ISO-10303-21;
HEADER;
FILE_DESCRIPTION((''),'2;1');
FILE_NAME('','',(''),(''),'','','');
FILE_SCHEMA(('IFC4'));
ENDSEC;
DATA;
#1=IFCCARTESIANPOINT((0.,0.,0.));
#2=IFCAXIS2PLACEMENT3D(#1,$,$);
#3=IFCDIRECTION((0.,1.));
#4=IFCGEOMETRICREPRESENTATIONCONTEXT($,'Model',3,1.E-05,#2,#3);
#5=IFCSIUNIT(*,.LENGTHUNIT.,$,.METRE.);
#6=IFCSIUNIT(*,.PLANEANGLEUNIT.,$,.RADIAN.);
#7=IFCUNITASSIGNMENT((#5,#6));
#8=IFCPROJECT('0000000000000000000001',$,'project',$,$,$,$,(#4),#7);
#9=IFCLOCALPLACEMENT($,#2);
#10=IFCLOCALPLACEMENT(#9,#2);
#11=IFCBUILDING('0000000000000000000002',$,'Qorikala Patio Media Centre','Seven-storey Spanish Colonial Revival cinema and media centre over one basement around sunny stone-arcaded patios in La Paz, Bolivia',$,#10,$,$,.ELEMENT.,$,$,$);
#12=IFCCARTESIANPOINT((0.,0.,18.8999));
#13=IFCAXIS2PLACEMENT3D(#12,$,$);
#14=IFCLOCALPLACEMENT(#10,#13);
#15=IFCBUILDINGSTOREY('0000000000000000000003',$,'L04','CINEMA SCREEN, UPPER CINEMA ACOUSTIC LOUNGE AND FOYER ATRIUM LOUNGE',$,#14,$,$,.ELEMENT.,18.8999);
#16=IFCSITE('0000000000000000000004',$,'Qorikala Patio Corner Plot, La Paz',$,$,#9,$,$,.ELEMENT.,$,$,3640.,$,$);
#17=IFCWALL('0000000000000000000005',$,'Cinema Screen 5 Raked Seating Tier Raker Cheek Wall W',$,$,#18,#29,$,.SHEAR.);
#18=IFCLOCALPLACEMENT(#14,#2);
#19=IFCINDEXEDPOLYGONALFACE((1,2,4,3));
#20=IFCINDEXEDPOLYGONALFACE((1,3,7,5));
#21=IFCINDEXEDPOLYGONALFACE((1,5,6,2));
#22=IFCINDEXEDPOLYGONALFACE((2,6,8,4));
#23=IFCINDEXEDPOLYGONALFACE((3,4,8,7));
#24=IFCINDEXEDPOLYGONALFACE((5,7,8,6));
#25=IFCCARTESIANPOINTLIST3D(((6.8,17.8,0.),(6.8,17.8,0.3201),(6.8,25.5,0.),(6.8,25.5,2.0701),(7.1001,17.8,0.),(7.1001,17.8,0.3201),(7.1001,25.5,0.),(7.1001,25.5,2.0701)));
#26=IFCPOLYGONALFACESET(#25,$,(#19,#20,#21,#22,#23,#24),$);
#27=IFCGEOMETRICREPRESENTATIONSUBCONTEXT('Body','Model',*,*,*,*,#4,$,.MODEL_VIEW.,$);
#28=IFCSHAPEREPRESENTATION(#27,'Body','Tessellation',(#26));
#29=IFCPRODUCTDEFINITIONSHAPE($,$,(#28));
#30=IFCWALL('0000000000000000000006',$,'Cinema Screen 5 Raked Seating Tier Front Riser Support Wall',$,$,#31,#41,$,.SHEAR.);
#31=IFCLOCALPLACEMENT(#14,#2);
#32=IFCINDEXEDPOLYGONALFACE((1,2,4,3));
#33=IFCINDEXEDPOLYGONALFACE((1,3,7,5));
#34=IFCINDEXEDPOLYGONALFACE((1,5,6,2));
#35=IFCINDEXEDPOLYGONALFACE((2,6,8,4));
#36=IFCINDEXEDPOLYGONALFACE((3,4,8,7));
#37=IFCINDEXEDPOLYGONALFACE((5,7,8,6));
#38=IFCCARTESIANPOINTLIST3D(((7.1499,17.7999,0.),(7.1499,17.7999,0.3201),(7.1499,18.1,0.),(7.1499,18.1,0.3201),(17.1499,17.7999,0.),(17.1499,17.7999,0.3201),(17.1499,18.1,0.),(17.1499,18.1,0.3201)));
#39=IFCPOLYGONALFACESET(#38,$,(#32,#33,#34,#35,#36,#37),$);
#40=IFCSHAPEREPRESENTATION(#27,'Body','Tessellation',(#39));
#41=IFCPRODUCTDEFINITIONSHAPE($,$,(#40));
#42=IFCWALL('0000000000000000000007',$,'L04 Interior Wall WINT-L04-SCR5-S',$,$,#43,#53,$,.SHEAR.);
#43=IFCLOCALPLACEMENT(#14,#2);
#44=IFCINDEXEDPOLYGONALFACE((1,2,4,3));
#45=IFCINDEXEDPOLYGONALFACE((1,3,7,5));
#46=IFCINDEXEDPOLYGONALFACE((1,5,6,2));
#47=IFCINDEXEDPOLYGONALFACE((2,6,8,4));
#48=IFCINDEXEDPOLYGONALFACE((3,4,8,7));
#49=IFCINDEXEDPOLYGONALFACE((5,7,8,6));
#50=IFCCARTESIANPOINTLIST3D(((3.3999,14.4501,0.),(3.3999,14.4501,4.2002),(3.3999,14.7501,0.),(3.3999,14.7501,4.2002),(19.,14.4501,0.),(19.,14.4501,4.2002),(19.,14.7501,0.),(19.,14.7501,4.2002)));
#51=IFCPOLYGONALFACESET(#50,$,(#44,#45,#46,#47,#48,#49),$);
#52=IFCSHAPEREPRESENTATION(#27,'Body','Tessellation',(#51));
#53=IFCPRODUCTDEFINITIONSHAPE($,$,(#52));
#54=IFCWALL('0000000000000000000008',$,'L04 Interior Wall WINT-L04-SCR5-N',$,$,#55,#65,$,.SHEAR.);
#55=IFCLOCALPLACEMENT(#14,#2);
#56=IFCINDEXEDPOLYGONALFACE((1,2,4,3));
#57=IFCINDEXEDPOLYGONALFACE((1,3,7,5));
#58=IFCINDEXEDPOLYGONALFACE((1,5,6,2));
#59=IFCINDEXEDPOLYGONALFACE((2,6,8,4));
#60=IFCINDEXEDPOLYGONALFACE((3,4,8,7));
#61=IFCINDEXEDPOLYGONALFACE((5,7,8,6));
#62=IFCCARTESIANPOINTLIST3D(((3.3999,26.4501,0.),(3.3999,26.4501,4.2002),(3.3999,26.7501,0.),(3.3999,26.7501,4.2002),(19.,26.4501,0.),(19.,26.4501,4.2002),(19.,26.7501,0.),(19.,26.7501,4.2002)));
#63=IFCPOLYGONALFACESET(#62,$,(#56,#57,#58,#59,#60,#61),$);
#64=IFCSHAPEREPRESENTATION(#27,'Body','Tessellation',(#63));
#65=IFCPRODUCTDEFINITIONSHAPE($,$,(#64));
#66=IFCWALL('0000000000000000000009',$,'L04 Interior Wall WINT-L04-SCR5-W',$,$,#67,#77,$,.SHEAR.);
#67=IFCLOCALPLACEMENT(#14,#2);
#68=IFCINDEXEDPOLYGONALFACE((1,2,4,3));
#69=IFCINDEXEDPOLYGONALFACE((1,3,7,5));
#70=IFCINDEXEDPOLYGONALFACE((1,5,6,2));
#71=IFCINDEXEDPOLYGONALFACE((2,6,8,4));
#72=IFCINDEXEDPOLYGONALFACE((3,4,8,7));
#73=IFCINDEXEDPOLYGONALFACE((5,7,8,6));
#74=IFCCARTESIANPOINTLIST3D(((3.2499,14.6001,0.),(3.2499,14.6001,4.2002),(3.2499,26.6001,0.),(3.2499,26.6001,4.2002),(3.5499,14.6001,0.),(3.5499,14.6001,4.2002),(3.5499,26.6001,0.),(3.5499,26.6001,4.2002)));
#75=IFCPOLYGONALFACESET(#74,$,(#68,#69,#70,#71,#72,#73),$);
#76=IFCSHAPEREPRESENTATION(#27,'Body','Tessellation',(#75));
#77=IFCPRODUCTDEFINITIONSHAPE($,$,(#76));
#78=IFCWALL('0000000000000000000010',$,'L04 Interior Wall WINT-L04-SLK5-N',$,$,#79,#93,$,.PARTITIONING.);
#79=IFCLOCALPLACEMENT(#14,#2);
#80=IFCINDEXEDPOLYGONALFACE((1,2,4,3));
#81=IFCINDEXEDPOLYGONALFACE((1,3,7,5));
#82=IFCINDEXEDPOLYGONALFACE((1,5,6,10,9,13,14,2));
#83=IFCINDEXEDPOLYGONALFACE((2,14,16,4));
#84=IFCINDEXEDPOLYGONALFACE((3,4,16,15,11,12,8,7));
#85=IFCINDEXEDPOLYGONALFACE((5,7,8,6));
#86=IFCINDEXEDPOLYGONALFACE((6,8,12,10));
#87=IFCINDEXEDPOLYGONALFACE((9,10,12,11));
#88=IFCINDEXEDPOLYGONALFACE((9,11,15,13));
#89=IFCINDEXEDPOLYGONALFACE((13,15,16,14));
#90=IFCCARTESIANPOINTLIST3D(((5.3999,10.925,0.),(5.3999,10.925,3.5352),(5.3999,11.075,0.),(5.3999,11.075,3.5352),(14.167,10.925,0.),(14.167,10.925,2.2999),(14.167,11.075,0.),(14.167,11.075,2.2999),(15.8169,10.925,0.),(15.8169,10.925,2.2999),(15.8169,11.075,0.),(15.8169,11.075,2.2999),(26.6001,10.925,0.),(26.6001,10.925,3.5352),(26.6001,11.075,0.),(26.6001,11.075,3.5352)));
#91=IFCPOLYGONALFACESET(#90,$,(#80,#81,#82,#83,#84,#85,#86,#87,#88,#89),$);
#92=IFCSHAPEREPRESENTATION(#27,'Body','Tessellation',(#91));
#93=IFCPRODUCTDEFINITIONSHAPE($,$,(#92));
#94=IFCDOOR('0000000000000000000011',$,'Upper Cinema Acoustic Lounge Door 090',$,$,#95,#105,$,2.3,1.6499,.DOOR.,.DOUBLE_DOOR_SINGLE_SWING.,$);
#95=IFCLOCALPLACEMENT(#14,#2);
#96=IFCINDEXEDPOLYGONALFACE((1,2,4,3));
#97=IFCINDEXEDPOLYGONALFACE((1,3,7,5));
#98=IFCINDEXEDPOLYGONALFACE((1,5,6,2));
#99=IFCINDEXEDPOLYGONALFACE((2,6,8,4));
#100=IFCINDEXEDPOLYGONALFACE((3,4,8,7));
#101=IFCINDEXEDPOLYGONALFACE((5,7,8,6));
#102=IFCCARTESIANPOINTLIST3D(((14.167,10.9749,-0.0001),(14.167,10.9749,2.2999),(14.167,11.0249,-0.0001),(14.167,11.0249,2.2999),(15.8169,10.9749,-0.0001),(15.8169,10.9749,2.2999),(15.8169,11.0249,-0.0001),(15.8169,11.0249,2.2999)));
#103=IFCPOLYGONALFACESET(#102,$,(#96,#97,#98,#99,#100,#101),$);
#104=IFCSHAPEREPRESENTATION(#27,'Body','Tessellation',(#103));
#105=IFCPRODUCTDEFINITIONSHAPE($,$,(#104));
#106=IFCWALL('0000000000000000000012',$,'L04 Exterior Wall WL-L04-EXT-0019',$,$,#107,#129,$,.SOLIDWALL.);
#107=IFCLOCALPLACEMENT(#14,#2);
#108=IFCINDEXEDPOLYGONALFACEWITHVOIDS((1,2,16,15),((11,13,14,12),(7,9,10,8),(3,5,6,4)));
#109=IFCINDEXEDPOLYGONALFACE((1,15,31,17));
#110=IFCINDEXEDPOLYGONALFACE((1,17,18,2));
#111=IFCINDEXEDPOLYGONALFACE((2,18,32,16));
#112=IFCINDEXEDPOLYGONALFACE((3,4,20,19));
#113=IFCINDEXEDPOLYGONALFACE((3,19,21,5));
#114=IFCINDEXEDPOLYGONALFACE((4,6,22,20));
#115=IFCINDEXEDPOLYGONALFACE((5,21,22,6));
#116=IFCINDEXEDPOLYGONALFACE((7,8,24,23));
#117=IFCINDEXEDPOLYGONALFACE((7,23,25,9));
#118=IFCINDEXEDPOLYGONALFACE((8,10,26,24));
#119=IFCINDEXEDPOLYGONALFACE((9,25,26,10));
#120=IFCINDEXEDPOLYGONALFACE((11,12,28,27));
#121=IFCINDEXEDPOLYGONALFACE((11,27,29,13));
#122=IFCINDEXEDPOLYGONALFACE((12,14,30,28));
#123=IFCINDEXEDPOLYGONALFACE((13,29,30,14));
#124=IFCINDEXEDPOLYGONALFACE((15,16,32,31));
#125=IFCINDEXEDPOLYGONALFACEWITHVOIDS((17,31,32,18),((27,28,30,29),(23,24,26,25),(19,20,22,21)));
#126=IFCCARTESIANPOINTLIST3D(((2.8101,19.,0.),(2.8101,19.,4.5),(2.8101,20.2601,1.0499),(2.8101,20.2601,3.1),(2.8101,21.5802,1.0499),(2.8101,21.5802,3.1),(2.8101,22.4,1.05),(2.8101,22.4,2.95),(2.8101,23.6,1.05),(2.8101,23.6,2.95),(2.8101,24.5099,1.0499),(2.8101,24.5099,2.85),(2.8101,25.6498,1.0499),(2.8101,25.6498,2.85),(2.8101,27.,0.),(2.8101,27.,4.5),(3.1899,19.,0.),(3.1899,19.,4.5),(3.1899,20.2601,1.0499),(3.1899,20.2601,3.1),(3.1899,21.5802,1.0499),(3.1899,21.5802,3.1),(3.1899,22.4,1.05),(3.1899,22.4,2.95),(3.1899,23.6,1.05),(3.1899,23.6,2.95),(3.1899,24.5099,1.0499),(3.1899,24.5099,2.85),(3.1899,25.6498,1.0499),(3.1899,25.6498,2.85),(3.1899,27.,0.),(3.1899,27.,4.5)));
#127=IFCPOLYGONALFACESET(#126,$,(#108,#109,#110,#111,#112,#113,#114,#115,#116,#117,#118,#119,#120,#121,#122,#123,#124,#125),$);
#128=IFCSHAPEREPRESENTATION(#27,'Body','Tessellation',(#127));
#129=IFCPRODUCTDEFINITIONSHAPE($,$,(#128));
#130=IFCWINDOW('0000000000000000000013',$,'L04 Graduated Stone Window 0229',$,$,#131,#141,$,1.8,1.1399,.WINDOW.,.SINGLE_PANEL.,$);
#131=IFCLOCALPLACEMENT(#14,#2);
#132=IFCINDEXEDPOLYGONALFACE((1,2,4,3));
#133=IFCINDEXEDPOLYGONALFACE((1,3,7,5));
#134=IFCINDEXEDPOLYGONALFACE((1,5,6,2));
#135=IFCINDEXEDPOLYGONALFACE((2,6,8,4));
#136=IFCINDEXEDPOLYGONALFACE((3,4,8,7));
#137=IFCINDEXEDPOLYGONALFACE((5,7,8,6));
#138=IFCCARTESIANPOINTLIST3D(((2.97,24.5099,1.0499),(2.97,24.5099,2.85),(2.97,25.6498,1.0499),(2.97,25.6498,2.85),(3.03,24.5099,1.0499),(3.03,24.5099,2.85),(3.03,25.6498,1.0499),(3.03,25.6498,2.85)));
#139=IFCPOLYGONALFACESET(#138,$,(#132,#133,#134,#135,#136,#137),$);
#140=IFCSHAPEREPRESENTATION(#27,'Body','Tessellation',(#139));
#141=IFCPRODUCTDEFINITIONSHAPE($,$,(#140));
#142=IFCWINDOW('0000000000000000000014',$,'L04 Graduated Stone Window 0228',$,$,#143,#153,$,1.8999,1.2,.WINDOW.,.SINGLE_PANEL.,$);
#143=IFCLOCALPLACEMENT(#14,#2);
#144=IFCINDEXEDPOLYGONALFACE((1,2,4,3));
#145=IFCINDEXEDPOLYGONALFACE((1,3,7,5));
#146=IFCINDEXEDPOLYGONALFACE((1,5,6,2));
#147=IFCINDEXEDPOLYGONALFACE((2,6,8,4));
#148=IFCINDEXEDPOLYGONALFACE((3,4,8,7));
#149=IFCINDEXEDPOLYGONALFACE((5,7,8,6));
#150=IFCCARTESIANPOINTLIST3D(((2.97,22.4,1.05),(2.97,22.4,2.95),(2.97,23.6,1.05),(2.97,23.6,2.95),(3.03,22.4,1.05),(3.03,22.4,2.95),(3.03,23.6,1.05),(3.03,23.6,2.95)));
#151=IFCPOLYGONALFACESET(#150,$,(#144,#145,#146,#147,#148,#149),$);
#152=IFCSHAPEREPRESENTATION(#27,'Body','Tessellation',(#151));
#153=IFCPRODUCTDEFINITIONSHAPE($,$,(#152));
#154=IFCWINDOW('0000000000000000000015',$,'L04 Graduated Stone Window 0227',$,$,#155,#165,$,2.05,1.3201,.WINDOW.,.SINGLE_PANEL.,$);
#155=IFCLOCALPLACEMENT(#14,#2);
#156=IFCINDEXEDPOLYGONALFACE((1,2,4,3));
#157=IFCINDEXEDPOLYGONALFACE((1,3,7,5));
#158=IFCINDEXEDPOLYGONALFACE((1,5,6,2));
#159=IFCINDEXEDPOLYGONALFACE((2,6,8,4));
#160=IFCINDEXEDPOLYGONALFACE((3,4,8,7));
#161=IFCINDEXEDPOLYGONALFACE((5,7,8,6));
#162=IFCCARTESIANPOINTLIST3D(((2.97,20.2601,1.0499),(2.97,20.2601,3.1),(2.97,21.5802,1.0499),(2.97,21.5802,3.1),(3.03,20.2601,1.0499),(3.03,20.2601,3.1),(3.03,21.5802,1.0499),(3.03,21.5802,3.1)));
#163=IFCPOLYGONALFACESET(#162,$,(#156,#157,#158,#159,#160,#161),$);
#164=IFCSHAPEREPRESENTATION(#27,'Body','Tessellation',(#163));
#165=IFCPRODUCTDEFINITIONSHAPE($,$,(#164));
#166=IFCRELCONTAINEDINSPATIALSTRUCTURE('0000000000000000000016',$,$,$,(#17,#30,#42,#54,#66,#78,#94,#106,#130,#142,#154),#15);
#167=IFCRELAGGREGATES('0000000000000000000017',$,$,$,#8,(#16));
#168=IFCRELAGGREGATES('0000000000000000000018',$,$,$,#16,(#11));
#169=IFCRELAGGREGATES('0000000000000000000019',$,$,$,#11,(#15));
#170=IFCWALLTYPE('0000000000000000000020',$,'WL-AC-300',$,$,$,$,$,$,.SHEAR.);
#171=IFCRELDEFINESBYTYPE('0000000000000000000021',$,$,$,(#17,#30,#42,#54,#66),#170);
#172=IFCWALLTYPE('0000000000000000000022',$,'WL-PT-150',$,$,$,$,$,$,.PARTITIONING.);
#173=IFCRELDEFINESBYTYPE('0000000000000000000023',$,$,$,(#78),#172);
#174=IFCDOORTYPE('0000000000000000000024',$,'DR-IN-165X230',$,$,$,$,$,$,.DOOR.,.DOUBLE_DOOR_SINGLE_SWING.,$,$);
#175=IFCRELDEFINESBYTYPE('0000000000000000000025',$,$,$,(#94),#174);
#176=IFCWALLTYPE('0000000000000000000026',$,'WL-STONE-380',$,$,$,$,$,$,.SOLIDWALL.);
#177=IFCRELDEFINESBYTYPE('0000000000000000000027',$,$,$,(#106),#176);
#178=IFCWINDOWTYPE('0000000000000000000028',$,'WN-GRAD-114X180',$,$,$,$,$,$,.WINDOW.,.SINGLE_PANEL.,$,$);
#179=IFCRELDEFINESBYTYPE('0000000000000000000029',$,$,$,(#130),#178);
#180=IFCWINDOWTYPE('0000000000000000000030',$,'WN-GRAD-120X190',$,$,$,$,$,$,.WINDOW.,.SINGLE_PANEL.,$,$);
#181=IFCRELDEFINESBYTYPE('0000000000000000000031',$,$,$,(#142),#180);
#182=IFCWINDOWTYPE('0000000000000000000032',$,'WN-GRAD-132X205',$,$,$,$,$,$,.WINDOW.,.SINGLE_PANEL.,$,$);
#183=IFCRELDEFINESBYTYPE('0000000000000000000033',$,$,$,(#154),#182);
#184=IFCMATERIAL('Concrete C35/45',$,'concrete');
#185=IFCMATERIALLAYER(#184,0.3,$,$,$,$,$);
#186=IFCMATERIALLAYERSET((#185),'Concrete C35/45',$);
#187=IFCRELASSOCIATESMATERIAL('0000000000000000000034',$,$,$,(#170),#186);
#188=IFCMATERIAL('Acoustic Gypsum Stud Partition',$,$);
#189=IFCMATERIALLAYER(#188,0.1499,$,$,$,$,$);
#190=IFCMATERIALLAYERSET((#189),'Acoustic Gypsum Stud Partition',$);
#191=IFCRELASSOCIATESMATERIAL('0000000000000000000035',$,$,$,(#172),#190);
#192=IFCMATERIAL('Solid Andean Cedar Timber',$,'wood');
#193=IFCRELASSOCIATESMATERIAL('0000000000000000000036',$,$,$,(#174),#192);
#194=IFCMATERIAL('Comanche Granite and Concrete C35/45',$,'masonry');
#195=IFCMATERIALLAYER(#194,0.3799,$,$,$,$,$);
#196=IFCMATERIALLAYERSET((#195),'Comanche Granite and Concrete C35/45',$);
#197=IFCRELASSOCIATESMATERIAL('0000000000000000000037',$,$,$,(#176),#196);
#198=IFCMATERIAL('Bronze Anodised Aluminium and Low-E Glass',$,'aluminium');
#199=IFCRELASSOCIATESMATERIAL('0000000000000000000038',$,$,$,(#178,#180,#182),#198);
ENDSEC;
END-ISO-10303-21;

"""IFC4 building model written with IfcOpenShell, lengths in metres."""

from ifc_helpers import new_model, si_unit, direction, frame, frame_2d, origin, place, context, subcontext, project, spatial, polyline, rectangle, outline, extrude, material, layer, layer_set, type_object, element, fill, save


model = new_model("IFC4")

# Units and contexts
model_context = context("Model", 3, precision=1e-05, world=origin(), true_north=direction((0.0, 1.0)))
body_context = subcontext(model_context, "Body", "Model", "MODEL_VIEW")
ifc_project = project(units=[si_unit("LENGTHUNIT", "METRE"), si_unit("PLANEANGLEUNIT", "RADIAN")], contexts=[model_context])

# Site, building, storey
site_placement = place(None, origin())
site = spatial("IfcSite", under=ifc_project, at=site_placement, Name="Qorikala Patio Corner Plot, La Paz", CompositionType="ELEMENT", RefElevation=3640.0)
building_placement = place(site_placement, origin())
building = spatial("IfcBuilding", under=site, at=building_placement, Name="Qorikala Patio Media Centre", Description="Seven-storey Spanish Colonial Revival cinema and media centre over one basement around sunny stone-arcaded patios in La Paz, Bolivia", CompositionType="ELEMENT")
storey_placement = place(building_placement, frame((0.0, 0.0, 18.8999)))
storey = spatial("IfcBuildingStorey", under=building, at=storey_placement, Name="L04", Description="CINEMA SCREEN, UPPER CINEMA ACOUSTIC LOUNGE AND FOYER ATRIUM LOUNGE", CompositionType="ELEMENT", Elevation=18.8999)

# Shared definitions
ifc_material_1 = material(Name="Concrete C35/45", Category="concrete")

# Walls
ifc_layer_1 = layer(ifc_material_1, 0.3)
ifc_layer_set_1 = layer_set([ifc_layer_1], Name="Concrete C35/45")
wall_type_1 = type_object("IfcWallType", Name="WL-AC-300", PredefinedType="SHEAR", material=ifc_layer_set_1)
wall_1_placement = place(storey_placement, frame((6.95, 17.8, 0.0), z_axis=(0.0, 0.0, 1.0), x_axis=(0.0, 1.0, 0.0)))
element("IfcWall", 1, at=wall_1_placement, inside=storey, type_object=wall_type_1, Name="Cinema Screen 5 Raked Seating Tier Raker Cheek Wall W", PredefinedType="SHEAR", context=body_context, shape_type="SweptSolid", body=[
    extrude(outline(polyline([(0.0, 0.0), (7.7, 0.0), (7.7, 2.0701), (0.0, 0.3201), (0.0, 0.0)])), frame((0.0, 0.1499, 0.0), z_axis=(0.0, -1.0, 0.0), x_axis=(1.0, 0.0, 0.0)), (0.0, 0.0, 1.0), 0.3),
])
wall_2_placement = place(storey_placement, frame((7.1499, 17.95, 0.0), z_axis=(0.0, 0.0, 1.0), x_axis=(1.0, 0.0, 0.0)))
element("IfcWall", 2, at=wall_2_placement, inside=storey, type_object=wall_type_1, Name="Cinema Screen 5 Raked Seating Tier Front Riser Support Wall", PredefinedType="SHEAR", context=body_context, shape_type="SweptSolid", body=[
    extrude(rectangle(XDim=10.0, YDim=0.3, at=frame_2d((5.0, 0.0))), origin(), (0.0, 0.0, 1.0), 0.3201),
])
for number, where, z_axis, x_axis, name in (
    (3, (3.3999, 14.6001, 0.0), (0.0, 0.0, 1.0), (1.0, 0.0, 0.0), "L04 Interior Wall WINT-L04-SCR5-S"),
    (4, (3.3999, 26.6001, 0.0), (0.0, 0.0, 1.0), (1.0, 0.0, 0.0), "L04 Interior Wall WINT-L04-SCR5-N"),
):
    element("IfcWall", number, at=place(storey_placement, frame(where, z_axis=z_axis, x_axis=x_axis)), inside=storey, type_object=wall_type_1, Name=name, PredefinedType="SHEAR", context=body_context, shape_type="SweptSolid", body=[
        extrude(rectangle(XDim=15.6001, YDim=0.3, at=frame_2d((7.8, 0.0))), origin(), (0.0, 0.0, 1.0), 4.2002),
    ])
wall_3_placement = place(storey_placement, frame((3.3999, 14.6001, 0.0), z_axis=(0.0, 0.0, 1.0), x_axis=(0.0, 1.0, 0.0)))
element("IfcWall", 5, at=wall_3_placement, inside=storey, type_object=wall_type_1, Name="L04 Interior Wall WINT-L04-SCR5-W", PredefinedType="SHEAR", context=body_context, shape_type="SweptSolid", body=[
    extrude(rectangle(XDim=12.0, YDim=0.3, at=frame_2d((6.0, 0.0))), origin(), (0.0, 0.0, 1.0), 4.2002),
])

# Wall, opening, door
ifc_material_2 = material(Name="Acoustic Gypsum Stud Partition")
ifc_layer_2 = layer(ifc_material_2, 0.1499)
ifc_layer_set_2 = layer_set([ifc_layer_2], Name="Acoustic Gypsum Stud Partition")
wall_type_2 = type_object("IfcWallType", Name="WL-PT-150", PredefinedType="PARTITIONING", material=ifc_layer_set_2)
wall_4_placement = place(storey_placement, frame((5.3999, 11.0, 0.0), z_axis=(0.0, 0.0, 1.0), x_axis=(1.0, 0.0, 0.0)))
wall_4 = element("IfcWall", 6, at=wall_4_placement, inside=storey, type_object=wall_type_2, Name="L04 Interior Wall WINT-L04-SLK5-N", PredefinedType="PARTITIONING", context=body_context, shape_type="SweptSolid", body=[
    extrude(rectangle(XDim=21.2002, YDim=0.1499, at=frame_2d((10.6001, 0.0))), origin(), (0.0, 0.0, 1.0), 3.5352),
])
opening_1_placement = place(wall_4_placement, frame((8.7671, 0.0, 0.0)))
opening_1 = element("IfcOpeningElement", 7, at=opening_1_placement, cuts=wall_4, PredefinedType="OPENING", context=body_context, shape_type="SweptSolid", body=[
    extrude(rectangle(XDim=1.6499, YDim=2.3, at=frame_2d((0.825, 1.1499))), frame((0.0, 0.085, 0.0), z_axis=(0.0, -1.0, 0.0), x_axis=(1.0, 0.0, 0.0)), (0.0, 0.0, 1.0), 0.1699),
])
ifc_material_3 = material(Name="Solid Andean Cedar Timber", Category="wood")
door_type = type_object("IfcDoorType", Name="DR-IN-165X230", OperationType="DOUBLE_DOOR_SINGLE_SWING", PredefinedType="DOOR", material=ifc_material_3)
door_placement = place(opening_1_placement, origin())
door = element("IfcDoor", 8, at=door_placement, inside=storey, type_object=door_type, Name="Upper Cinema Acoustic Lounge Door 090", OperationType="DOUBLE_DOOR_SINGLE_SWING", OverallHeight=2.3, OverallWidth=1.6499, PredefinedType="DOOR", context=body_context, shape_type="SweptSolid", body=[
    extrude(rectangle(XDim=1.6499, YDim=2.3, at=frame_2d((0.825, 1.1499))), frame((0.0, 0.0249, 0.0), z_axis=(0.0, -1.0, 0.0), x_axis=(1.0, 0.0, 0.0)), (0.0, 0.0, 1.0), 0.05),
])
fill(opening_1, door)

# Wall, openings, windows
ifc_material_4 = material(Name="Comanche Granite and Concrete C35/45", Category="masonry")
ifc_layer_3 = layer(ifc_material_4, 0.3799)
ifc_layer_set_3 = layer_set([ifc_layer_3], Name="Comanche Granite and Concrete C35/45")
wall_type_3 = type_object("IfcWallType", Name="WL-STONE-380", PredefinedType="SOLIDWALL", material=ifc_layer_set_3)
wall_5_placement = place(storey_placement, frame((3.0, 19.0, 0.0), z_axis=(0.0, 0.0, 1.0), x_axis=(0.0, 1.0, 0.0)))
wall_5 = element("IfcWall", 9, at=wall_5_placement, inside=storey, type_object=wall_type_3, Name="L04 Exterior Wall WL-L04-EXT-0019", PredefinedType="SOLIDWALL", context=body_context, shape_type="SweptSolid", body=[
    extrude(rectangle(XDim=8.0, YDim=0.3799, at=frame_2d((4.0, 0.0))), origin(), (0.0, 0.0, 1.0), 4.5),
])
opening_2_placement = place(wall_5_placement, frame((1.26, 0.0, 1.05)))
opening_2 = element("IfcOpeningElement", 10, at=opening_2_placement, cuts=wall_5, PredefinedType="OPENING", context=body_context, shape_type="SweptSolid", body=[
    extrude(rectangle(XDim=1.3201, YDim=2.05, at=frame_2d((0.6602, 1.0249))), frame((0.0, 0.2, 0.0), z_axis=(0.0, -1.0, 0.0), x_axis=(1.0, 0.0, 0.0)), (0.0, 0.0, 1.0), 0.3999),
])
opening_3_placement = place(wall_5_placement, frame((3.3999, 0.0, 1.05)))
opening_3 = element("IfcOpeningElement", 11, at=opening_3_placement, cuts=wall_5, PredefinedType="OPENING", context=body_context, shape_type="SweptSolid", body=[
    extrude(rectangle(XDim=1.2, YDim=1.8999, at=frame_2d((0.6001, 0.95))), frame((0.0, 0.2, 0.0), z_axis=(0.0, -1.0, 0.0), x_axis=(1.0, 0.0, 0.0)), (0.0, 0.0, 1.0), 0.3999),
])
opening_4_placement = place(wall_5_placement, frame((5.51, 0.0, 1.05)))
opening_4 = element("IfcOpeningElement", 12, at=opening_4_placement, cuts=wall_5, PredefinedType="OPENING", context=body_context, shape_type="SweptSolid", body=[
    extrude(rectangle(XDim=1.1399, YDim=1.8, at=frame_2d((0.5698, 0.8999))), frame((0.0, 0.2, 0.0), z_axis=(0.0, -1.0, 0.0), x_axis=(1.0, 0.0, 0.0)), (0.0, 0.0, 1.0), 0.3999),
])
ifc_material_5 = material(Name="Bronze Anodised Aluminium and Low-E Glass", Category="aluminium")
window_type_1 = type_object("IfcWindowType", Name="WN-GRAD-114X180", PartitioningType="SINGLE_PANEL", PredefinedType="WINDOW", material=ifc_material_5)
window_1_placement = place(opening_4_placement, origin())
window_1 = element("IfcWindow", 13, at=window_1_placement, inside=storey, type_object=window_type_1, Name="L04 Graduated Stone Window 0229", OverallHeight=1.8, OverallWidth=1.1399, PartitioningType="SINGLE_PANEL", PredefinedType="WINDOW", context=body_context, shape_type="SweptSolid", body=[
    extrude(rectangle(XDim=1.1399, YDim=1.8, at=frame_2d((0.5698, 0.8999))), frame((0.0, 0.03, 0.0), z_axis=(0.0, -1.0, 0.0), x_axis=(1.0, 0.0, 0.0)), (0.0, 0.0, 1.0), 0.0601),
])
fill(opening_4, window_1)
window_type_2 = type_object("IfcWindowType", Name="WN-GRAD-120X190", PartitioningType="SINGLE_PANEL", PredefinedType="WINDOW", material=ifc_material_5)
window_2_placement = place(opening_3_placement, origin())
window_2 = element("IfcWindow", 14, at=window_2_placement, inside=storey, type_object=window_type_2, Name="L04 Graduated Stone Window 0228", OverallHeight=1.8999, OverallWidth=1.2, PartitioningType="SINGLE_PANEL", PredefinedType="WINDOW", context=body_context, shape_type="SweptSolid", body=[
    extrude(rectangle(XDim=1.2, YDim=1.8999, at=frame_2d((0.6001, 0.95))), frame((0.0, 0.03, 0.0), z_axis=(0.0, -1.0, 0.0), x_axis=(1.0, 0.0, 0.0)), (0.0, 0.0, 1.0), 0.0601),
])
fill(opening_3, window_2)
window_type_3 = type_object("IfcWindowType", Name="WN-GRAD-132X205", PartitioningType="SINGLE_PANEL", PredefinedType="WINDOW", material=ifc_material_5)
window_3_placement = place(opening_2_placement, origin())
window_3 = element("IfcWindow", 15, at=window_3_placement, inside=storey, type_object=window_type_3, Name="L04 Graduated Stone Window 0227", OverallHeight=2.05, OverallWidth=1.3201, PartitioningType="SINGLE_PANEL", PredefinedType="WINDOW", context=body_context, shape_type="SweptSolid", body=[
    extrude(rectangle(XDim=1.3201, YDim=2.05, at=frame_2d((0.6602, 1.0249))), frame((0.0, 0.03, 0.0), z_axis=(0.0, -1.0, 0.0), x_axis=(1.0, 0.0, 0.0)), (0.0, 0.0, 1.0), 0.0601),
])
fill(opening_2, window_3)

save(model, "model.ifc")
